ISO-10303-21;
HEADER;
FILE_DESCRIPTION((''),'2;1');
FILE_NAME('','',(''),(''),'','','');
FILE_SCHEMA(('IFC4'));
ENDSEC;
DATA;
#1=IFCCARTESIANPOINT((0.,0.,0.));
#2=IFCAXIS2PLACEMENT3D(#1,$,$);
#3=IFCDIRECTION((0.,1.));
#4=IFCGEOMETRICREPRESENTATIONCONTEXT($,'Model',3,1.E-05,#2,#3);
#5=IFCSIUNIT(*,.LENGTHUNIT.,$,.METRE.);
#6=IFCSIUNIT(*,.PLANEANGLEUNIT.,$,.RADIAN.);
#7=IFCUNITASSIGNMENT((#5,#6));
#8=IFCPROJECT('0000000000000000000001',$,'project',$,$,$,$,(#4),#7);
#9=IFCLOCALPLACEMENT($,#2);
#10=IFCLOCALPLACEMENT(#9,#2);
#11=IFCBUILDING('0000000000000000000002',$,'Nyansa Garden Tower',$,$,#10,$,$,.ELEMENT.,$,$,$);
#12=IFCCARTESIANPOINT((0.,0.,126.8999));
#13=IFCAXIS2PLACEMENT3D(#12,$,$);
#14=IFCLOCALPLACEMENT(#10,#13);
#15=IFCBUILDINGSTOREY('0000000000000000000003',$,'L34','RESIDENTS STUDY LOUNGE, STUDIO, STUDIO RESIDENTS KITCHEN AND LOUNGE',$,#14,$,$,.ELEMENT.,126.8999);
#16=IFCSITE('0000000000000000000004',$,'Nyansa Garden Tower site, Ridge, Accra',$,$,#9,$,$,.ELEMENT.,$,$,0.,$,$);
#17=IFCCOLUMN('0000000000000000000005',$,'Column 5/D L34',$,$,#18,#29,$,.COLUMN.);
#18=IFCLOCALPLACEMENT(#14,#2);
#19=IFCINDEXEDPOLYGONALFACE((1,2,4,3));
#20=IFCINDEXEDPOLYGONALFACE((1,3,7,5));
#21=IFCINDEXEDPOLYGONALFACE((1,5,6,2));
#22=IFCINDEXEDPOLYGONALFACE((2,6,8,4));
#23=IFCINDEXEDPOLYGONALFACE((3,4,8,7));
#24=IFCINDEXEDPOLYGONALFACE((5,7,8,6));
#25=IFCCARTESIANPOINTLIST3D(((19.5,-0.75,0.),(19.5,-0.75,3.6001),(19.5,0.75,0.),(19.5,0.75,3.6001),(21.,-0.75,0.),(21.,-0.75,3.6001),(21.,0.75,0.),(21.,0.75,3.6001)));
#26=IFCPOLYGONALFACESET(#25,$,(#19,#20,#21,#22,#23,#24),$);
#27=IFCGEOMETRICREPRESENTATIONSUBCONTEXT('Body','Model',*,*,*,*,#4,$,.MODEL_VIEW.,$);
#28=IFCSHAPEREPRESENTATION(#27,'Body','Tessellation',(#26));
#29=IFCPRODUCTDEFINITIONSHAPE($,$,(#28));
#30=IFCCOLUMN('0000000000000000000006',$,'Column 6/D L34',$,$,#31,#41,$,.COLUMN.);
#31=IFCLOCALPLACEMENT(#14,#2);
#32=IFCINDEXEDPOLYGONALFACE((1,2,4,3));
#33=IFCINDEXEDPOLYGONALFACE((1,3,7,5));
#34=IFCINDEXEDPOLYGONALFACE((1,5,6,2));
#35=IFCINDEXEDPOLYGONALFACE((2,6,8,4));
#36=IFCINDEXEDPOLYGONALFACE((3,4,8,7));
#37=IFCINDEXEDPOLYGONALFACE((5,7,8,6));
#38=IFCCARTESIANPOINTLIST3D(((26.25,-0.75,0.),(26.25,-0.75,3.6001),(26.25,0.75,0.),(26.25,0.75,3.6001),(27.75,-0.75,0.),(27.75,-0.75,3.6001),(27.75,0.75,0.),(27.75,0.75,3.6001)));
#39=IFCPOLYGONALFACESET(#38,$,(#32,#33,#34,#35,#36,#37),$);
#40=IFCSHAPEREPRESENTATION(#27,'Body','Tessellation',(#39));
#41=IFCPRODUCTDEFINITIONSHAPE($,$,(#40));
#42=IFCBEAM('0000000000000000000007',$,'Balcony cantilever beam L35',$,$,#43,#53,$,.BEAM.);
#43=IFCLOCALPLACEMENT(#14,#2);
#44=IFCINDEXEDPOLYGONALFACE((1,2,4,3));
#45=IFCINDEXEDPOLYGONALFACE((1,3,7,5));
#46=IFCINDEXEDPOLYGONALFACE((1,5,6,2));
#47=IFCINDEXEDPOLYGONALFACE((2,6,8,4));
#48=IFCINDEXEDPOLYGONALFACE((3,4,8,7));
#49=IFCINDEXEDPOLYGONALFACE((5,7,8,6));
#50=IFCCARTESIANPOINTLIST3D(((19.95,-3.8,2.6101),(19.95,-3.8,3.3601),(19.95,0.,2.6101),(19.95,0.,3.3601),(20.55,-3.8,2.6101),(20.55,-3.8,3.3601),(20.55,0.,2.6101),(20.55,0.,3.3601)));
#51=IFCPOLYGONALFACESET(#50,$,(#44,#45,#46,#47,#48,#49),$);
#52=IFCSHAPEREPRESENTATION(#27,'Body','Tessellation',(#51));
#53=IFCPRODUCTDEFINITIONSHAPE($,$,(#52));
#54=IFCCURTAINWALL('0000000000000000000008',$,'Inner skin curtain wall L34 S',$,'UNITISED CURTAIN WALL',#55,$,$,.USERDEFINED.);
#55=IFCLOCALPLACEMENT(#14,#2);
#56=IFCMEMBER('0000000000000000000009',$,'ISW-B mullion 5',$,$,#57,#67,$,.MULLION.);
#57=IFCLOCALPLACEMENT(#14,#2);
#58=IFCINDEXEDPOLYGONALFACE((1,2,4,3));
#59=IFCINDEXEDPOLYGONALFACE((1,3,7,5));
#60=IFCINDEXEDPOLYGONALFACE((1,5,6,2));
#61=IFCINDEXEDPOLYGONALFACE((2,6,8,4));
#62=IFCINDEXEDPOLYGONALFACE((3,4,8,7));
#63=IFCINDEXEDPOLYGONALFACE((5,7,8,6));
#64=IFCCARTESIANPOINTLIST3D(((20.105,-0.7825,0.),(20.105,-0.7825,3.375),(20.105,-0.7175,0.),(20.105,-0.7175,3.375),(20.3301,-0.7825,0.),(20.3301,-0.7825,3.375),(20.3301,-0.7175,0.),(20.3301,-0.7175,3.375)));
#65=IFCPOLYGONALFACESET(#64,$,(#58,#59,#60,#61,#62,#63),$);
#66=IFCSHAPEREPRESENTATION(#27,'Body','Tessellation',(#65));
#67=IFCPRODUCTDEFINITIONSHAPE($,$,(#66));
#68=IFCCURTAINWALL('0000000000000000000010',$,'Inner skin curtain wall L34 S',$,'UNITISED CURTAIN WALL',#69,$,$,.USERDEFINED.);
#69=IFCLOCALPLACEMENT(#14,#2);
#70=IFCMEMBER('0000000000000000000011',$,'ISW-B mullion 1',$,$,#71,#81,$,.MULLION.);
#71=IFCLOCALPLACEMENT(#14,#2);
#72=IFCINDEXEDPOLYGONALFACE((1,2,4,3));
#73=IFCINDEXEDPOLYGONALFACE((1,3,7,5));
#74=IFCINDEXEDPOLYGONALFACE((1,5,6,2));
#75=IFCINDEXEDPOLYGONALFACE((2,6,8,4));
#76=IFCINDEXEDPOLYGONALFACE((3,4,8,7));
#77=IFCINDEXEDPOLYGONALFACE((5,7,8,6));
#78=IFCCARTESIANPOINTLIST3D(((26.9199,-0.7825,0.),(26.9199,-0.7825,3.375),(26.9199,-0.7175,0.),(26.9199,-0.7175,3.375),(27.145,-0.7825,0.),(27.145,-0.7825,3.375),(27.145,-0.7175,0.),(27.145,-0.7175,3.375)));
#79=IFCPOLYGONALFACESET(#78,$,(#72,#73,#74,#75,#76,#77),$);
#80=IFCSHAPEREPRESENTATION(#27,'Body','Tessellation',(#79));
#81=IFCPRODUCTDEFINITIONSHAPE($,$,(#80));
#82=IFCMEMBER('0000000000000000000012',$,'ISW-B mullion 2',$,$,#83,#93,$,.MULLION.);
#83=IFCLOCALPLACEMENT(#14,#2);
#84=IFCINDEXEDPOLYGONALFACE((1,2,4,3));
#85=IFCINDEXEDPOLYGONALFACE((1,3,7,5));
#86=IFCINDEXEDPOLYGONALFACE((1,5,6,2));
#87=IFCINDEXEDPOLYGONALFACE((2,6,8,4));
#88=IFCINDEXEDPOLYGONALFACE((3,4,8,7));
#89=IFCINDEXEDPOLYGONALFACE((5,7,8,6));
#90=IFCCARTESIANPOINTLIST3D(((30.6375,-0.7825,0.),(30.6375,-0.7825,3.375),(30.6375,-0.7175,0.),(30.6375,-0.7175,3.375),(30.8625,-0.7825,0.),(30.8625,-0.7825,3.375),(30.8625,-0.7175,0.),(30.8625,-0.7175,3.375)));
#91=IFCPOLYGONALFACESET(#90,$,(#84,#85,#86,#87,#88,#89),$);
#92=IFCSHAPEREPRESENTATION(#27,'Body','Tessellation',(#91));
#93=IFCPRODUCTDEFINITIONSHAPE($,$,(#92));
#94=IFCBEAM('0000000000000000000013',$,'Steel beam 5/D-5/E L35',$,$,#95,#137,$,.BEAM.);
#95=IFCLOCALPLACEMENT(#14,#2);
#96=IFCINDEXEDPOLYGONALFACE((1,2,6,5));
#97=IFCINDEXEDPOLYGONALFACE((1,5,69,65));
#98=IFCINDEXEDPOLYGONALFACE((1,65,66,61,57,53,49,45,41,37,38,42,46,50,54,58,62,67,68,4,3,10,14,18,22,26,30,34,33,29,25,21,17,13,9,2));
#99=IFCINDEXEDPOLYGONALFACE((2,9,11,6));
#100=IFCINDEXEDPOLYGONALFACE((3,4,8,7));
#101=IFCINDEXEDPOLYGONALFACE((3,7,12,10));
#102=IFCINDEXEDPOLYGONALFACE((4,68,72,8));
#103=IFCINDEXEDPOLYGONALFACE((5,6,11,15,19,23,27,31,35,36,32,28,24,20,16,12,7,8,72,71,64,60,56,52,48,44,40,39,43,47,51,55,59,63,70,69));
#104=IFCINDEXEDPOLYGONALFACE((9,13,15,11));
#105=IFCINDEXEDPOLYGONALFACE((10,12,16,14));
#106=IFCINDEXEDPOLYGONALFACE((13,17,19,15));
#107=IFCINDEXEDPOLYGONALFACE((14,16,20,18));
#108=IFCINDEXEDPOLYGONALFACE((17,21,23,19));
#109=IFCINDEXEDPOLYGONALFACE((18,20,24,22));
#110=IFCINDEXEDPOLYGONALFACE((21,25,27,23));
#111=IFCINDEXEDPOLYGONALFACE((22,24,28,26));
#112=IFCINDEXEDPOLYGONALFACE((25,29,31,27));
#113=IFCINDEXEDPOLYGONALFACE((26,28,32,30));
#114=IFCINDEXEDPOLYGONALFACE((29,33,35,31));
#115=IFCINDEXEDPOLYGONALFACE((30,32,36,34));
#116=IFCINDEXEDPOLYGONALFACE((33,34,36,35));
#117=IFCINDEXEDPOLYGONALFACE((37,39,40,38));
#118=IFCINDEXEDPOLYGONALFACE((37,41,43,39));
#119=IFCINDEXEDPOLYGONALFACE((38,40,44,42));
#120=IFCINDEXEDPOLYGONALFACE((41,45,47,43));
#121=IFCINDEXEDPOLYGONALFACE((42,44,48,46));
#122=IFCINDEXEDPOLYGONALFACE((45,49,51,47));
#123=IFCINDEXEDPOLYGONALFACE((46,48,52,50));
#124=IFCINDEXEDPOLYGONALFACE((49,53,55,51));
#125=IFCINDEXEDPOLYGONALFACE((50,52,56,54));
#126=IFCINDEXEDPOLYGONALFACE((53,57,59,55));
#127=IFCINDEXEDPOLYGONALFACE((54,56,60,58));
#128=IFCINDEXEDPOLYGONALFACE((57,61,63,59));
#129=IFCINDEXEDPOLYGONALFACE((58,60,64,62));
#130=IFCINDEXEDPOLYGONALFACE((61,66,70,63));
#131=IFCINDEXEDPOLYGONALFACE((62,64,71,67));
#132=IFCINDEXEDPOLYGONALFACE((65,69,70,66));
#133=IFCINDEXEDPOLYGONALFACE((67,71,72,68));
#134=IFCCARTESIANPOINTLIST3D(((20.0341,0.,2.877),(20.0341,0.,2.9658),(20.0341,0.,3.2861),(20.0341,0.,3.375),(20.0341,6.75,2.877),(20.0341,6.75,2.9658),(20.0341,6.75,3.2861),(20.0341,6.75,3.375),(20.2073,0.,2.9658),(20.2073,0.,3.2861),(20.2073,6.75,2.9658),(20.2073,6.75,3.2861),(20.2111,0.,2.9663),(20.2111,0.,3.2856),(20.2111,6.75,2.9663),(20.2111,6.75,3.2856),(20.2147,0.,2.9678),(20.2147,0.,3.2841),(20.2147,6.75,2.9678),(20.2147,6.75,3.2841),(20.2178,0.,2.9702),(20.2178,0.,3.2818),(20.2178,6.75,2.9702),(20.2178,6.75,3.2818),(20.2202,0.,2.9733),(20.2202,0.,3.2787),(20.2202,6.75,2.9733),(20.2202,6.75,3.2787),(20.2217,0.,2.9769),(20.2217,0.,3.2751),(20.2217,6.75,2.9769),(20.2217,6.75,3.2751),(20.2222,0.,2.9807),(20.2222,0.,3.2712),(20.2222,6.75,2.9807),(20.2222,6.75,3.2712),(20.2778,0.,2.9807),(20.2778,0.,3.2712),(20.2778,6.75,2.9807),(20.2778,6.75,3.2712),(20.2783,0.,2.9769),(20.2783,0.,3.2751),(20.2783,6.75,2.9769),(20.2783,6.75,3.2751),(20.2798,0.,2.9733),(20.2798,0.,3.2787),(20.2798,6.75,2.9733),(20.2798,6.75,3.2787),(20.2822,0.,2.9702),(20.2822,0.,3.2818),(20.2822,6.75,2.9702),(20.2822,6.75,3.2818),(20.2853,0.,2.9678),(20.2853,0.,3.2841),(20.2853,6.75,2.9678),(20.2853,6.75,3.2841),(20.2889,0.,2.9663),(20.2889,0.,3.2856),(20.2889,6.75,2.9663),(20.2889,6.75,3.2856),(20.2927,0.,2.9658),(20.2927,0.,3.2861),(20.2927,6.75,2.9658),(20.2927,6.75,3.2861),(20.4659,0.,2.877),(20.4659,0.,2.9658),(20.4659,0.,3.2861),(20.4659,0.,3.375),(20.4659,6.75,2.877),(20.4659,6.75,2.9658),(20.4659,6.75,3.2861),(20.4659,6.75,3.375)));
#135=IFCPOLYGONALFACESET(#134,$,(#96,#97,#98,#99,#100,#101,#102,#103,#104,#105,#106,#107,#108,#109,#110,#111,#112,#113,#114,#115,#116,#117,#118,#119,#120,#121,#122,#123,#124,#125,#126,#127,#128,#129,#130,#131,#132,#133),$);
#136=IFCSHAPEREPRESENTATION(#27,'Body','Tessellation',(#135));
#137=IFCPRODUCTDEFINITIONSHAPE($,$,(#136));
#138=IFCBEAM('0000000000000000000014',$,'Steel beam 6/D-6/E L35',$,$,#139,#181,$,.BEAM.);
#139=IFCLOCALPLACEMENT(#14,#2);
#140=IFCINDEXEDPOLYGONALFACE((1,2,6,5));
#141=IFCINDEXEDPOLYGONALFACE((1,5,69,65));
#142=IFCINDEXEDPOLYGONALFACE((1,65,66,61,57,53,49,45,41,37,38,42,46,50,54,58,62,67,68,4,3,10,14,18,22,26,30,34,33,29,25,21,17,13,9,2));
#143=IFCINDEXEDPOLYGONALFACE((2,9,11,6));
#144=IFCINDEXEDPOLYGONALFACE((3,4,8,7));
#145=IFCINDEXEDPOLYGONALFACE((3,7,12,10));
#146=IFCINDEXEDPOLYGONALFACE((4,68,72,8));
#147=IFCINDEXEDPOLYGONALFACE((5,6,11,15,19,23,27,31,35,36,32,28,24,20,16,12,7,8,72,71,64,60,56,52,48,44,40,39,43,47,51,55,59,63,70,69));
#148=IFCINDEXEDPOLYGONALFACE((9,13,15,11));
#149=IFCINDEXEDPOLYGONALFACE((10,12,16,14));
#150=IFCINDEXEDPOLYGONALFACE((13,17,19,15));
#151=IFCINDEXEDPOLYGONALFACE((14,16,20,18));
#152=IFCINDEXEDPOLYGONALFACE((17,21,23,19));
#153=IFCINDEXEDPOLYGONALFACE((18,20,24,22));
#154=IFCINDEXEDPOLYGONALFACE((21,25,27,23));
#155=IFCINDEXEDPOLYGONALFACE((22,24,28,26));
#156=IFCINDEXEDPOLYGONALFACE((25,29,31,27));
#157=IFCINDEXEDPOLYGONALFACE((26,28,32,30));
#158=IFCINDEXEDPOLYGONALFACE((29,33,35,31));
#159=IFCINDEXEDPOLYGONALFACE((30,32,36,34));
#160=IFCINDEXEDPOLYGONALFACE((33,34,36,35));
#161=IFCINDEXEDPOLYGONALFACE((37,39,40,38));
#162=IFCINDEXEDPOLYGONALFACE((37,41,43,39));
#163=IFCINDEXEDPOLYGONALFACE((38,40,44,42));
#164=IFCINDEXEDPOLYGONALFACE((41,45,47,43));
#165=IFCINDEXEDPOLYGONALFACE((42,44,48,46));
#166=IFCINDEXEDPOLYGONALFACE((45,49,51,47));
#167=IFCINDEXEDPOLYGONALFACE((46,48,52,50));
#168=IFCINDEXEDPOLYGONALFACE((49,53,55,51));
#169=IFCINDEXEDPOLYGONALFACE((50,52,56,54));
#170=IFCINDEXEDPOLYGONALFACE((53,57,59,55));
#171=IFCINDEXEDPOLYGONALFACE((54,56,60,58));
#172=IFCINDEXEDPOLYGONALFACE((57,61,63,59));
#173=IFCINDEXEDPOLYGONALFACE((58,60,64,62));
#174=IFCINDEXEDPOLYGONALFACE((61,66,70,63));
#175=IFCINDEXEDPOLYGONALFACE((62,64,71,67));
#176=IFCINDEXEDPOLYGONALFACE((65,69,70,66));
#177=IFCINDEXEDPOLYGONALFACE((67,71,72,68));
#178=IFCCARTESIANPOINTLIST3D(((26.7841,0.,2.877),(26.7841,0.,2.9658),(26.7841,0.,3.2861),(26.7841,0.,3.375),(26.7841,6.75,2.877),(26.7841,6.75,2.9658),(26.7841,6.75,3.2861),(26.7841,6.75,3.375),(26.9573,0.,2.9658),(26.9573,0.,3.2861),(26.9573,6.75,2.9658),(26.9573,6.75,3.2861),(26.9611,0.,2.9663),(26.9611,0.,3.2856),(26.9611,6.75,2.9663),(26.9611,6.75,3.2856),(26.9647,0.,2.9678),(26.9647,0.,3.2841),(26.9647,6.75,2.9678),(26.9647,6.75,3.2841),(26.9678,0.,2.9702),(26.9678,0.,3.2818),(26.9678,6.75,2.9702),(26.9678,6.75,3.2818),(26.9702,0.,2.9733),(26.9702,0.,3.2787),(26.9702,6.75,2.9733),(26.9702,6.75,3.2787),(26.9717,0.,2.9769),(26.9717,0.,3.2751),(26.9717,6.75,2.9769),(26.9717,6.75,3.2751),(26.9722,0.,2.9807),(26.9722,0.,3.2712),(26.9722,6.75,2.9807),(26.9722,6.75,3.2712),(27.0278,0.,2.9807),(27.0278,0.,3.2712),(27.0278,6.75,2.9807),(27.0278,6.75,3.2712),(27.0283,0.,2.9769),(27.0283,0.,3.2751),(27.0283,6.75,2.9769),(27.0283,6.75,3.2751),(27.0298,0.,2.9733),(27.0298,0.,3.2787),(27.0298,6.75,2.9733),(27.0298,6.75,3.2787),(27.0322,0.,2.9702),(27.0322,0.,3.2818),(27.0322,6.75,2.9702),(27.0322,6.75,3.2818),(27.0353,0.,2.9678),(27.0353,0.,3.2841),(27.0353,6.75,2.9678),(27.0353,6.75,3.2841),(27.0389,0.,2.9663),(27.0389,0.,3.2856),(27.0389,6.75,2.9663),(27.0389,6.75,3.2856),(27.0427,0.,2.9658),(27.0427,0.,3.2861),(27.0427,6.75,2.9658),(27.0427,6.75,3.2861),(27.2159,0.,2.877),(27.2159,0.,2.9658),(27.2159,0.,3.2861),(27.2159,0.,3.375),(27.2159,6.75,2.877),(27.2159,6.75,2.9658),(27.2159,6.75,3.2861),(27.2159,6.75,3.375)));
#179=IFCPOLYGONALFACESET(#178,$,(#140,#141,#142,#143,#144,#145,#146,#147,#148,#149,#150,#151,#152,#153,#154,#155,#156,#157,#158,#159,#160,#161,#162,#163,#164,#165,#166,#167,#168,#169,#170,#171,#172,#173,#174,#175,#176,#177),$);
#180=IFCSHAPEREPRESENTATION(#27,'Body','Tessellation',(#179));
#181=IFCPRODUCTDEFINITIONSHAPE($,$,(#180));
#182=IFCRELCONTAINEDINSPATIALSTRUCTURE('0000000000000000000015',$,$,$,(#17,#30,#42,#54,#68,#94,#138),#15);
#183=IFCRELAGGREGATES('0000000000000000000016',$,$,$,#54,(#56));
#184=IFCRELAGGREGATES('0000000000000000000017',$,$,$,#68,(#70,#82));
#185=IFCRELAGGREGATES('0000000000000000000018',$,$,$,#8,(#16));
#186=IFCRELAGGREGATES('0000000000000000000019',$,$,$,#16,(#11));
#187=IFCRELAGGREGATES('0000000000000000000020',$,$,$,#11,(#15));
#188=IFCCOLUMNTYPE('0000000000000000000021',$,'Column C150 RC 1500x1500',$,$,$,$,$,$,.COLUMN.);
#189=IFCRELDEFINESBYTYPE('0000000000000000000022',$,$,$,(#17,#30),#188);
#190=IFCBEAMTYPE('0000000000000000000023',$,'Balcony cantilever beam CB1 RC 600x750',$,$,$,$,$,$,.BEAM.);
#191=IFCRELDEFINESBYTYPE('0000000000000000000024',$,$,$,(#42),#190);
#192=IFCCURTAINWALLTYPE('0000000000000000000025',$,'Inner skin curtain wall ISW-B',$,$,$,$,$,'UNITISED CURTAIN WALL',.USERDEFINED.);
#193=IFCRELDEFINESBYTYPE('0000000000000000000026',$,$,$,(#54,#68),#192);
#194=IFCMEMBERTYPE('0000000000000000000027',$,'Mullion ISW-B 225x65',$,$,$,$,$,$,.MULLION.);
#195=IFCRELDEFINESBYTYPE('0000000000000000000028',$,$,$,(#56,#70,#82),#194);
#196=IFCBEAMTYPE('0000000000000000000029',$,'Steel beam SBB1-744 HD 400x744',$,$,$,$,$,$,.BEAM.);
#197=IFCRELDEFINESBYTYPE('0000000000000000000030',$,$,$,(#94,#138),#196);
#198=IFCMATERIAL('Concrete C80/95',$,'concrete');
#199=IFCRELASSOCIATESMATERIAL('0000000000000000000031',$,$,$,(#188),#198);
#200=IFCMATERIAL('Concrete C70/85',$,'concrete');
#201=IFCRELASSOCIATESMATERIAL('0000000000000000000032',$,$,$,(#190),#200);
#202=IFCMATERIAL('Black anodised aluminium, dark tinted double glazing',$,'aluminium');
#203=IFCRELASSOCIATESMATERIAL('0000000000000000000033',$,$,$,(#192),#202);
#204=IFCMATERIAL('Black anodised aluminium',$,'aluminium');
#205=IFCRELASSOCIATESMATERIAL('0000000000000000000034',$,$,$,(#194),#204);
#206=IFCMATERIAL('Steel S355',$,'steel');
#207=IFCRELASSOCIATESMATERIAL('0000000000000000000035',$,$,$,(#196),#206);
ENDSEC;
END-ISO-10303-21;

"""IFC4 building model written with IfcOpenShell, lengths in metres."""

from ifc_helpers import new_model, si_unit, direction, frame, origin, origin_2d, place, context, subcontext, project, spatial, rectangle, i_section, extrude, material, material_profile, profile_set, type_object, element, aggregate, save


model = new_model("IFC4")

# Units and contexts
model_context = context("Model", 3, precision=1e-05, world=origin(), true_north=direction((0.0, 1.0)))
body_context = subcontext(model_context, "Body", "Model", "MODEL_VIEW")
ifc_project = project(units=[si_unit("LENGTHUNIT", "METRE"), si_unit("PLANEANGLEUNIT", "RADIAN")], contexts=[model_context])

# Site, building, storey
site_placement = place(None, origin())
site = spatial("IfcSite", under=ifc_project, at=site_placement, Name="Nyansa Garden Tower site, Ridge, Accra", CompositionType="ELEMENT", RefElevation=0.0)
building_placement = place(site_placement, origin())
building = spatial("IfcBuilding", under=site, at=building_placement, Name="Nyansa Garden Tower", CompositionType="ELEMENT")
storey_placement = place(building_placement, frame((0.0, 0.0, 126.8999)))
storey = spatial("IfcBuildingStorey", under=building, at=storey_placement, Name="L34", Description="RESIDENTS STUDY LOUNGE, STUDIO, STUDIO RESIDENTS KITCHEN AND LOUNGE", CompositionType="ELEMENT", Elevation=126.8999)

# Columns
ifc_material_1 = material(Name="Concrete C80/95", Category="concrete")
ifc_material_profile_1 = material_profile(ifc_material_1, rectangle(XDim=1.5, YDim=1.5, at=origin_2d()), Name="RC 1500x1500")
ifc_profile_set_1 = profile_set([ifc_material_profile_1], Name="Concrete C80/95")
column_type = type_object("IfcColumnType", Name="Column C150 RC 1500x1500", PredefinedType="COLUMN", material=ifc_profile_set_1)
for number, where, z_axis, x_axis, name in (
    (1, (20.25, 0.0, 0.0), (0.0, 0.0, 1.0), (1.0, 0.0, 0.0), "Column 5/D L34"),
    (2, (27.0, 0.0, 0.0), (0.0, 0.0, 1.0), (1.0, 0.0, 0.0), "Column 6/D L34"),
):
    element("IfcColumn", number, at=place(storey_placement, frame(where, z_axis=z_axis, x_axis=x_axis)), inside=storey, type_object=column_type, Name=name, PredefinedType="COLUMN", context=body_context, shape_type="SweptSolid", body=[
        extrude(rectangle(XDim=1.5, YDim=1.5, at=origin_2d()), origin(), (0.0, 0.0, 1.0), 3.6001),
    ])

# Beam
ifc_material_2 = material(Name="Concrete C70/85", Category="concrete")
ifc_material_profile_2 = material_profile(ifc_material_2, rectangle(XDim=0.6001, YDim=0.75, at=origin_2d()), Name="RC 600x750")
ifc_profile_set_2 = profile_set([ifc_material_profile_2], Name="Concrete C70/85")
beam_type_1 = type_object("IfcBeamType", Name="Balcony cantilever beam CB1 RC 600x750", PredefinedType="BEAM", material=ifc_profile_set_2)
beam_placement = place(storey_placement, frame((20.25, 0.0, 2.9851), z_axis=(0.0, -1.0, 0.0), x_axis=(1.0, 0.0, 0.0)))
element("IfcBeam", 3, at=beam_placement, inside=storey, type_object=beam_type_1, Name="Balcony cantilever beam L35", PredefinedType="BEAM", context=body_context, shape_type="SweptSolid", body=[
    extrude(rectangle(XDim=0.6001, YDim=0.75, at=origin_2d()), origin(), (0.0, 0.0, 1.0), 3.8),
])

# Curtain wall, member
ifc_material_3 = material(Name="Black anodised aluminium, dark tinted double glazing", Category="aluminium")
curtain_wall_type = type_object("IfcCurtainWallType", Name="Inner skin curtain wall ISW-B", ElementType="UNITISED CURTAIN WALL", PredefinedType="USERDEFINED", material=ifc_material_3)
curtain_wall_1_placement = place(storey_placement, origin())
curtain_wall_1 = element("IfcCurtainWall", 4, at=curtain_wall_1_placement, inside=storey, type_object=curtain_wall_type, Name="Inner skin curtain wall L34 S", ObjectType="UNITISED CURTAIN WALL", PredefinedType="USERDEFINED")
ifc_material_4 = material(Name="Black anodised aluminium", Category="aluminium")
ifc_material_profile_3 = material_profile(ifc_material_4, rectangle(XDim=0.0649, YDim=0.2251, at=origin_2d()), Name="Mullion 225x65")
ifc_profile_set_3 = profile_set([ifc_material_profile_3], Name="Black anodised aluminium")
member_type_1 = type_object("IfcMemberType", Name="Mullion ISW-B 225x65", PredefinedType="MULLION", material=ifc_profile_set_3)
member_1_placement = place(storey_placement, frame((20.2175, -0.75, 0.0), z_axis=(0.0, 0.0, 1.0), x_axis=(0.0, 1.0, 0.0)))
member_1 = element("IfcMember", 5, at=member_1_placement, type_object=member_type_1, Name="ISW-B mullion 5", PredefinedType="MULLION", context=body_context, shape_type="SweptSolid", body=[
    extrude(rectangle(XDim=0.0649, YDim=0.2251, at=origin_2d()), origin(), (0.0, 0.0, 1.0), 3.375),
])
aggregate(curtain_wall_1, [member_1])

# Curtain wall, members
curtain_wall_2_placement = place(storey_placement, origin())
curtain_wall_2 = element("IfcCurtainWall", 6, at=curtain_wall_2_placement, inside=storey, type_object=curtain_wall_type, Name="Inner skin curtain wall L34 S", ObjectType="UNITISED CURTAIN WALL", PredefinedType="USERDEFINED")
member_2_placement = place(storey_placement, frame((27.0325, -0.75, 0.0), z_axis=(0.0, 0.0, 1.0), x_axis=(0.0, 1.0, 0.0)))
member_2 = element("IfcMember", 7, at=member_2_placement, type_object=member_type_1, Name="ISW-B mullion 1", PredefinedType="MULLION", context=body_context, shape_type="SweptSolid", body=[
    extrude(rectangle(XDim=0.0649, YDim=0.2251, at=origin_2d()), origin(), (0.0, 0.0, 1.0), 3.375),
])
member_3_placement = place(storey_placement, frame((30.75, -0.75, 0.0), z_axis=(0.0, 0.0, 1.0), x_axis=(0.0, 1.0, 0.0)))
member_3 = element("IfcMember", 8, at=member_3_placement, type_object=member_type_1, Name="ISW-B mullion 2", PredefinedType="MULLION", context=body_context, shape_type="SweptSolid", body=[
    extrude(rectangle(XDim=0.0649, YDim=0.2251, at=origin_2d()), origin(), (0.0, 0.0, 1.0), 3.375),
])

# Beams
ifc_material_5 = material(Name="Steel S355", Category="steel")
ifc_material_profile_4 = material_profile(ifc_material_5, i_section(OverallWidth=0.4319, OverallDepth=0.498, WebThickness=0.0557, FlangeThickness=0.0889, FilletRadius=0.0149, at=origin_2d()), Name="HD 400x744")
ifc_profile_set_4 = profile_set([ifc_material_profile_4], Name="Steel S355")
beam_type_2 = type_object("IfcBeamType", Name="Steel beam SBB1-744 HD 400x744", PredefinedType="BEAM", material=ifc_profile_set_4)
for number, where, z_axis, x_axis, name in (
    (9, (20.25, 0.0, 3.126), (0.0, 1.0, 0.0), (-1.0, 0.0, 0.0), "Steel beam 5/D-5/E L35"),
    (10, (27.0, 0.0, 3.126), (0.0, 1.0, 0.0), (-1.0, 0.0, 0.0), "Steel beam 6/D-6/E L35"),
):
    element("IfcBeam", number, at=place(storey_placement, frame(where, z_axis=z_axis, x_axis=x_axis)), inside=storey, type_object=beam_type_2, Name=name, PredefinedType="BEAM", context=body_context, shape_type="SweptSolid", body=[
        extrude(i_section(OverallWidth=0.4319, OverallDepth=0.498, WebThickness=0.0557, FlangeThickness=0.0889, FilletRadius=0.0149, at=origin_2d()), origin(), (0.0, 0.0, 1.0), 6.75),
    ])

aggregate(curtain_wall_2, [member_2, member_3])

save(model, "model.ifc")
